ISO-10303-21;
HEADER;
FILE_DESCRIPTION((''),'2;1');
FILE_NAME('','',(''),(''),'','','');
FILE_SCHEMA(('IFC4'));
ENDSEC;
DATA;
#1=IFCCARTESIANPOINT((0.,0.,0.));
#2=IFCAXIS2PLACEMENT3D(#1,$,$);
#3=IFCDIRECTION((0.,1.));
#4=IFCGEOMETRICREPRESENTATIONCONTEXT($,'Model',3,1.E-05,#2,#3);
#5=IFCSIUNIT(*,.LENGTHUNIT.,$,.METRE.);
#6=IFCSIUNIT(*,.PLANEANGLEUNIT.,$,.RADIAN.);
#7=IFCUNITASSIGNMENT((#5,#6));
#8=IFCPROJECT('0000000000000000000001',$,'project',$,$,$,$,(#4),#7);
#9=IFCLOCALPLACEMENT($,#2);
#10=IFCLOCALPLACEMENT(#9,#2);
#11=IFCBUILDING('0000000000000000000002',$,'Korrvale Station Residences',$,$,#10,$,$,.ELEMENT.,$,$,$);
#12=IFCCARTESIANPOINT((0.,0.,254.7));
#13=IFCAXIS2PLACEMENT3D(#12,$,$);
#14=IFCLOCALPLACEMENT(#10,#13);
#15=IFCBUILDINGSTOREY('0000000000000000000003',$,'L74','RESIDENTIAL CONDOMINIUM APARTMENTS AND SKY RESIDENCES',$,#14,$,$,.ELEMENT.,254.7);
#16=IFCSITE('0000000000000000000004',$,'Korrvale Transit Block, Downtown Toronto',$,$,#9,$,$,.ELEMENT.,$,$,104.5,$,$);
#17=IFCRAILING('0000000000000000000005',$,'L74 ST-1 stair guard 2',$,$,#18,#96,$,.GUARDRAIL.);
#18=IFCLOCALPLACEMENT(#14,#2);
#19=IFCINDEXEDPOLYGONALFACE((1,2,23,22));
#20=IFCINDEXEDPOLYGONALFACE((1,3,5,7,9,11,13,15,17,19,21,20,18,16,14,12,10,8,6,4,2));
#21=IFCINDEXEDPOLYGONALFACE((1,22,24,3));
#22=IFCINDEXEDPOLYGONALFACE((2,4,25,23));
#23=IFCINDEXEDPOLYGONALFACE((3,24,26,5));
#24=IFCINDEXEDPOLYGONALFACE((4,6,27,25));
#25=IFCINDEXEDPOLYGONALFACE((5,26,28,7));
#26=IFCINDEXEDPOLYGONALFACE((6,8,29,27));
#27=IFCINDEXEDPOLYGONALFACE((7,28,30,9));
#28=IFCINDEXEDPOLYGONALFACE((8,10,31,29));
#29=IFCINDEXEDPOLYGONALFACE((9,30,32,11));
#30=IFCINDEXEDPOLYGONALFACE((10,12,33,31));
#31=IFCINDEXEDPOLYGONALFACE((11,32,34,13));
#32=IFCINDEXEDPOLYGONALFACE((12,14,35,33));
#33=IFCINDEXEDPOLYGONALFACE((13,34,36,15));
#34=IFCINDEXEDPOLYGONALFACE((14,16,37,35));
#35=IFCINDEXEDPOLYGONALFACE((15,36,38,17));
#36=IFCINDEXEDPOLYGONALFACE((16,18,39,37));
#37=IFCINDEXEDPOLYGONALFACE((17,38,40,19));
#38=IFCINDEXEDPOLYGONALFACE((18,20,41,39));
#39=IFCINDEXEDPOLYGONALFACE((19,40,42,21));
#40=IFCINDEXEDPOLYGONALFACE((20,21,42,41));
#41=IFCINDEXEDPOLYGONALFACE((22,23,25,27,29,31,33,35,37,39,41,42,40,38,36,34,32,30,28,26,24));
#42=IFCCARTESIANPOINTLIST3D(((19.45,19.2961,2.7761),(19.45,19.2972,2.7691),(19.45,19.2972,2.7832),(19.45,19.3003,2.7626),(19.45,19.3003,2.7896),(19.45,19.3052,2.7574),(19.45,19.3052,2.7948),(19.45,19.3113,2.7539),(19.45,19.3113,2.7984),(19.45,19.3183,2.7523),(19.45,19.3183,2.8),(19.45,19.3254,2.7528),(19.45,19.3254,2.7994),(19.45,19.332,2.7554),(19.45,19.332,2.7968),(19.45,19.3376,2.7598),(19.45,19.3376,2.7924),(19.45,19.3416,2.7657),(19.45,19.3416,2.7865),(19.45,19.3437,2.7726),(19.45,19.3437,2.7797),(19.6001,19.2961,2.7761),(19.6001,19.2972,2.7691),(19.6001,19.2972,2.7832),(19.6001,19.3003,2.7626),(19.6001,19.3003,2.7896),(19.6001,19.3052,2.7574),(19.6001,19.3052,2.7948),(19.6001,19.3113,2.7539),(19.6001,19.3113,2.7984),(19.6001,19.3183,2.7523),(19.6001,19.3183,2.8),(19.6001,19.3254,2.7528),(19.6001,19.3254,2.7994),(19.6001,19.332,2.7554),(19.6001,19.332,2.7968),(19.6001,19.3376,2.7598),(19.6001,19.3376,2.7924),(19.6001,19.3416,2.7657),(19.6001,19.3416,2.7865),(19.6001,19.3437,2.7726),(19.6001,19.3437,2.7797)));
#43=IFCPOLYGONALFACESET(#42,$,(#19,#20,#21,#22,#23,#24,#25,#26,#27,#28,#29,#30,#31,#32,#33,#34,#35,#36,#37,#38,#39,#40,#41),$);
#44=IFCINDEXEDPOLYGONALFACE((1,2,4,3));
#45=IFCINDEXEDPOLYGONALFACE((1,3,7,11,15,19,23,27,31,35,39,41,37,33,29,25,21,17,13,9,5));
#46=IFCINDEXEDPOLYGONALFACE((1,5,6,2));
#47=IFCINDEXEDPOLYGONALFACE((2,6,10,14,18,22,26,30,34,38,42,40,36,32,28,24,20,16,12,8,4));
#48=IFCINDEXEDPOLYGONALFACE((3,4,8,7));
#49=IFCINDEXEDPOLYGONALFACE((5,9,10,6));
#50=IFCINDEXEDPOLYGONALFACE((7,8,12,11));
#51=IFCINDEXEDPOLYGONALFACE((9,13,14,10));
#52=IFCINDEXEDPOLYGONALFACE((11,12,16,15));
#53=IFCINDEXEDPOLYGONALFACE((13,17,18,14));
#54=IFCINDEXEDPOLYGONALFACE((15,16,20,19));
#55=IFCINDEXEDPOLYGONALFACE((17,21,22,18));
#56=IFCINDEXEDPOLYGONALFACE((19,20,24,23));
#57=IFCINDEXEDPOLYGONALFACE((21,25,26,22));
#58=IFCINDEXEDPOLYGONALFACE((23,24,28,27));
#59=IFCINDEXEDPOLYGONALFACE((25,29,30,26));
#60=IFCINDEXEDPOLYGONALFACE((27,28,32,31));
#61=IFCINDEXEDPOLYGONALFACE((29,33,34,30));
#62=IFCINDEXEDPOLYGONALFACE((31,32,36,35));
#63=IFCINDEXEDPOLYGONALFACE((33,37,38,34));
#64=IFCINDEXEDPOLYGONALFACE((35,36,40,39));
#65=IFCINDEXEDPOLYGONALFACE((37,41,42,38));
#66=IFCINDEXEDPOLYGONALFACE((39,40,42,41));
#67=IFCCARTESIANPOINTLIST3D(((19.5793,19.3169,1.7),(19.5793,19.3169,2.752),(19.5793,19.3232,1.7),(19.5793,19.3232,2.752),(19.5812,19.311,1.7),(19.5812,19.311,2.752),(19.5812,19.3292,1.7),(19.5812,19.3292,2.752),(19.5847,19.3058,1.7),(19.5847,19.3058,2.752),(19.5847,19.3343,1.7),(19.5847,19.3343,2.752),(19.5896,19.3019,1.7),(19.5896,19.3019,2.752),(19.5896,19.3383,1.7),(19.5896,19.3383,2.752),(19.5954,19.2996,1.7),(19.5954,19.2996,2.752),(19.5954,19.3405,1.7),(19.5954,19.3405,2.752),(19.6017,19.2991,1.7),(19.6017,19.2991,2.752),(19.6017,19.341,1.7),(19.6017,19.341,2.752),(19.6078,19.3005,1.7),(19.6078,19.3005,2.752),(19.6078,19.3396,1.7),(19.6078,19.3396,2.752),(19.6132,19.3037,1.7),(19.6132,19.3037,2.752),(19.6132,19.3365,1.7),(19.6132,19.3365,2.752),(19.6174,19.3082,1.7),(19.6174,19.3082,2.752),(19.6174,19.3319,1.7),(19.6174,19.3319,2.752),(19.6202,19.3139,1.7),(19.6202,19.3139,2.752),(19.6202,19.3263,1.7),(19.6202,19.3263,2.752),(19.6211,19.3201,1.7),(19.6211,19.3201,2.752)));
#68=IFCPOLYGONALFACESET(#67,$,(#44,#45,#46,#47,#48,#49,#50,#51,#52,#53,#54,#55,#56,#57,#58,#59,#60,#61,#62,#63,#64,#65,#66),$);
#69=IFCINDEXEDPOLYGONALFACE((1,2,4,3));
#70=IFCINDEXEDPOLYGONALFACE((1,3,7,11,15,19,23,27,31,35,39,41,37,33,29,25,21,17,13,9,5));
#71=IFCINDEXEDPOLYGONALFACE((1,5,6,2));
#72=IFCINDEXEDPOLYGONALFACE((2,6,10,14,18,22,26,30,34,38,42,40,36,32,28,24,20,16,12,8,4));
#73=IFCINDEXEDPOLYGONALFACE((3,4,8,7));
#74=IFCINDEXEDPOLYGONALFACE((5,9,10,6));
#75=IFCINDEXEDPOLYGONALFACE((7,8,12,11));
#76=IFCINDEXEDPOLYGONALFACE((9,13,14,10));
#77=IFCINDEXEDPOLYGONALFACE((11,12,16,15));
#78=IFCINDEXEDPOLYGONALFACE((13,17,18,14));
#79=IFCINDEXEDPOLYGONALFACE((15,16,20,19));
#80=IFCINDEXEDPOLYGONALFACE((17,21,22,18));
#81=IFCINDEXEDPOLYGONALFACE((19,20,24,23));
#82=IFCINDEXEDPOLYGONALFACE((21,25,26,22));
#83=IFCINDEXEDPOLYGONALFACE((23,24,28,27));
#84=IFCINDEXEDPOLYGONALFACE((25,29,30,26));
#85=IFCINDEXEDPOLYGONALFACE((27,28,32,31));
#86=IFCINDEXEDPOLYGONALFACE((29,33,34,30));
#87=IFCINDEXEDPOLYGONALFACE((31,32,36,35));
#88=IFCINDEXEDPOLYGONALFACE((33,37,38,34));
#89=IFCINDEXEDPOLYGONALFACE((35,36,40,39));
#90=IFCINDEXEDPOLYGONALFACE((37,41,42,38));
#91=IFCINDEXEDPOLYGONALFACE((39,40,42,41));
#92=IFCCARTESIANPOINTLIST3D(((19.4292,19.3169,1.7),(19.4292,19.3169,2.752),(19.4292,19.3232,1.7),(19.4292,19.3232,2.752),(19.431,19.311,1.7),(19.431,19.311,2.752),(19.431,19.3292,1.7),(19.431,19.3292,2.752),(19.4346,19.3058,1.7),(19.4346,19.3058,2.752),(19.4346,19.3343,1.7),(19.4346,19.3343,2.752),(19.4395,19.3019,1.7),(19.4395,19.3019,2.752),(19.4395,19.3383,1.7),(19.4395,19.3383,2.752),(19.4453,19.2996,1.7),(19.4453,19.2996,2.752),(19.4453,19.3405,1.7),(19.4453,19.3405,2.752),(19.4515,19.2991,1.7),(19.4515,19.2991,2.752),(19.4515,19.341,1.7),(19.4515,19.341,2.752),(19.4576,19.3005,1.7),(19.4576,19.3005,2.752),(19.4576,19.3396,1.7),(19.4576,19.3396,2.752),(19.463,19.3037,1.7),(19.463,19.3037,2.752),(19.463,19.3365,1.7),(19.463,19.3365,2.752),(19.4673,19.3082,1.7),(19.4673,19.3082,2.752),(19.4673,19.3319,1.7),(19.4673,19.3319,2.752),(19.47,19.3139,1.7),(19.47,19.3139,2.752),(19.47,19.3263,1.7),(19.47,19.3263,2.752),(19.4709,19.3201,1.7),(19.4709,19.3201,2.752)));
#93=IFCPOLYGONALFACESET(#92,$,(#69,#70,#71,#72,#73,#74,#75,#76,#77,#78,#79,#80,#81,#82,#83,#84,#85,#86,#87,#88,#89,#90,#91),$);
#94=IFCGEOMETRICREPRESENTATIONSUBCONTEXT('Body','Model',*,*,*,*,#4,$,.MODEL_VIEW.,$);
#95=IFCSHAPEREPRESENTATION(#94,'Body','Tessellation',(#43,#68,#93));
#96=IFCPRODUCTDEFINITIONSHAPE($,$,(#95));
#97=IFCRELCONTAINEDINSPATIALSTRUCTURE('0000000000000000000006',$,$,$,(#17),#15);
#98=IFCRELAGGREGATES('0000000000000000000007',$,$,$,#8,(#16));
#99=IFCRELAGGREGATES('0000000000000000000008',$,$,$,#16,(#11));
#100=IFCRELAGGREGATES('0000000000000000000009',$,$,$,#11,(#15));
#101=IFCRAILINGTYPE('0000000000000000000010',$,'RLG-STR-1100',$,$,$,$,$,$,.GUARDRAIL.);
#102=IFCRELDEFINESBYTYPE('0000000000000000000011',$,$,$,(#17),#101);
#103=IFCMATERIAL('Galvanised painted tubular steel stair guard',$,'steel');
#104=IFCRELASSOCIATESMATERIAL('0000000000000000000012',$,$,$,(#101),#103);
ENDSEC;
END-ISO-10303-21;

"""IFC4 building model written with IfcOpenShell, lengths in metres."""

from ifc_helpers import new_model, si_unit, direction, frame, origin, origin_2d, place, context, subcontext, project, spatial, circle, extrude, material, type_object, element, save


model = new_model("IFC4")

# Units and contexts
model_context = context("Model", 3, precision=1e-05, world=origin(), true_north=direction((0.0, 1.0)))
body_context = subcontext(model_context, "Body", "Model", "MODEL_VIEW")
ifc_project = project(units=[si_unit("LENGTHUNIT", "METRE"), si_unit("PLANEANGLEUNIT", "RADIAN")], contexts=[model_context])

# Site, building, storey
site_placement = place(None, origin())
site = spatial("IfcSite", under=ifc_project, at=site_placement, Name="Korrvale Transit Block, Downtown Toronto", CompositionType="ELEMENT", RefElevation=104.5)
building_placement = place(site_placement, origin())
building = spatial("IfcBuilding", under=site, at=building_placement, Name="Korrvale Station Residences", CompositionType="ELEMENT")
storey_placement = place(building_placement, frame((0.0, 0.0, 254.7)))
storey = spatial("IfcBuildingStorey", under=building, at=storey_placement, Name="L74", Description="RESIDENTIAL CONDOMINIUM APARTMENTS AND SKY RESIDENCES", CompositionType="ELEMENT", Elevation=254.7)

# Railing
ifc_material_1 = material(Name="Galvanised painted tubular steel stair guard", Category="steel")
railing_type_1 = type_object("IfcRailingType", Name="RLG-STR-1100", PredefinedType="GUARDRAIL", material=ifc_material_1)
railing_1_placement = place(storey_placement, frame((19.6001, 19.3201, 1.7)))
element("IfcRailing", 1, at=railing_1_placement, inside=storey, type_object=railing_type_1, Name="L74 ST-1 stair guard 2", PredefinedType="GUARDRAIL", context=body_context, shape_type="SweptSolid", body=[
    extrude(circle(Radius=0.0239, at=origin_2d()), frame((0.0, 0.0, 1.0762), z_axis=(-1.0, 0.0, 0.0), x_axis=(0.0, -1.0, 0.0)), (0.0, 0.0, 1.0), 0.1501),
    extrude(circle(Radius=0.021, at=origin_2d()), origin(), (0.0, 0.0, 1.0), 1.052),
    extrude(circle(Radius=0.021, at=origin_2d()), frame((-0.1501, 0.0, 0.0)), (0.0, 0.0, 1.0), 1.052),
])

save(model, "model.ifc")
